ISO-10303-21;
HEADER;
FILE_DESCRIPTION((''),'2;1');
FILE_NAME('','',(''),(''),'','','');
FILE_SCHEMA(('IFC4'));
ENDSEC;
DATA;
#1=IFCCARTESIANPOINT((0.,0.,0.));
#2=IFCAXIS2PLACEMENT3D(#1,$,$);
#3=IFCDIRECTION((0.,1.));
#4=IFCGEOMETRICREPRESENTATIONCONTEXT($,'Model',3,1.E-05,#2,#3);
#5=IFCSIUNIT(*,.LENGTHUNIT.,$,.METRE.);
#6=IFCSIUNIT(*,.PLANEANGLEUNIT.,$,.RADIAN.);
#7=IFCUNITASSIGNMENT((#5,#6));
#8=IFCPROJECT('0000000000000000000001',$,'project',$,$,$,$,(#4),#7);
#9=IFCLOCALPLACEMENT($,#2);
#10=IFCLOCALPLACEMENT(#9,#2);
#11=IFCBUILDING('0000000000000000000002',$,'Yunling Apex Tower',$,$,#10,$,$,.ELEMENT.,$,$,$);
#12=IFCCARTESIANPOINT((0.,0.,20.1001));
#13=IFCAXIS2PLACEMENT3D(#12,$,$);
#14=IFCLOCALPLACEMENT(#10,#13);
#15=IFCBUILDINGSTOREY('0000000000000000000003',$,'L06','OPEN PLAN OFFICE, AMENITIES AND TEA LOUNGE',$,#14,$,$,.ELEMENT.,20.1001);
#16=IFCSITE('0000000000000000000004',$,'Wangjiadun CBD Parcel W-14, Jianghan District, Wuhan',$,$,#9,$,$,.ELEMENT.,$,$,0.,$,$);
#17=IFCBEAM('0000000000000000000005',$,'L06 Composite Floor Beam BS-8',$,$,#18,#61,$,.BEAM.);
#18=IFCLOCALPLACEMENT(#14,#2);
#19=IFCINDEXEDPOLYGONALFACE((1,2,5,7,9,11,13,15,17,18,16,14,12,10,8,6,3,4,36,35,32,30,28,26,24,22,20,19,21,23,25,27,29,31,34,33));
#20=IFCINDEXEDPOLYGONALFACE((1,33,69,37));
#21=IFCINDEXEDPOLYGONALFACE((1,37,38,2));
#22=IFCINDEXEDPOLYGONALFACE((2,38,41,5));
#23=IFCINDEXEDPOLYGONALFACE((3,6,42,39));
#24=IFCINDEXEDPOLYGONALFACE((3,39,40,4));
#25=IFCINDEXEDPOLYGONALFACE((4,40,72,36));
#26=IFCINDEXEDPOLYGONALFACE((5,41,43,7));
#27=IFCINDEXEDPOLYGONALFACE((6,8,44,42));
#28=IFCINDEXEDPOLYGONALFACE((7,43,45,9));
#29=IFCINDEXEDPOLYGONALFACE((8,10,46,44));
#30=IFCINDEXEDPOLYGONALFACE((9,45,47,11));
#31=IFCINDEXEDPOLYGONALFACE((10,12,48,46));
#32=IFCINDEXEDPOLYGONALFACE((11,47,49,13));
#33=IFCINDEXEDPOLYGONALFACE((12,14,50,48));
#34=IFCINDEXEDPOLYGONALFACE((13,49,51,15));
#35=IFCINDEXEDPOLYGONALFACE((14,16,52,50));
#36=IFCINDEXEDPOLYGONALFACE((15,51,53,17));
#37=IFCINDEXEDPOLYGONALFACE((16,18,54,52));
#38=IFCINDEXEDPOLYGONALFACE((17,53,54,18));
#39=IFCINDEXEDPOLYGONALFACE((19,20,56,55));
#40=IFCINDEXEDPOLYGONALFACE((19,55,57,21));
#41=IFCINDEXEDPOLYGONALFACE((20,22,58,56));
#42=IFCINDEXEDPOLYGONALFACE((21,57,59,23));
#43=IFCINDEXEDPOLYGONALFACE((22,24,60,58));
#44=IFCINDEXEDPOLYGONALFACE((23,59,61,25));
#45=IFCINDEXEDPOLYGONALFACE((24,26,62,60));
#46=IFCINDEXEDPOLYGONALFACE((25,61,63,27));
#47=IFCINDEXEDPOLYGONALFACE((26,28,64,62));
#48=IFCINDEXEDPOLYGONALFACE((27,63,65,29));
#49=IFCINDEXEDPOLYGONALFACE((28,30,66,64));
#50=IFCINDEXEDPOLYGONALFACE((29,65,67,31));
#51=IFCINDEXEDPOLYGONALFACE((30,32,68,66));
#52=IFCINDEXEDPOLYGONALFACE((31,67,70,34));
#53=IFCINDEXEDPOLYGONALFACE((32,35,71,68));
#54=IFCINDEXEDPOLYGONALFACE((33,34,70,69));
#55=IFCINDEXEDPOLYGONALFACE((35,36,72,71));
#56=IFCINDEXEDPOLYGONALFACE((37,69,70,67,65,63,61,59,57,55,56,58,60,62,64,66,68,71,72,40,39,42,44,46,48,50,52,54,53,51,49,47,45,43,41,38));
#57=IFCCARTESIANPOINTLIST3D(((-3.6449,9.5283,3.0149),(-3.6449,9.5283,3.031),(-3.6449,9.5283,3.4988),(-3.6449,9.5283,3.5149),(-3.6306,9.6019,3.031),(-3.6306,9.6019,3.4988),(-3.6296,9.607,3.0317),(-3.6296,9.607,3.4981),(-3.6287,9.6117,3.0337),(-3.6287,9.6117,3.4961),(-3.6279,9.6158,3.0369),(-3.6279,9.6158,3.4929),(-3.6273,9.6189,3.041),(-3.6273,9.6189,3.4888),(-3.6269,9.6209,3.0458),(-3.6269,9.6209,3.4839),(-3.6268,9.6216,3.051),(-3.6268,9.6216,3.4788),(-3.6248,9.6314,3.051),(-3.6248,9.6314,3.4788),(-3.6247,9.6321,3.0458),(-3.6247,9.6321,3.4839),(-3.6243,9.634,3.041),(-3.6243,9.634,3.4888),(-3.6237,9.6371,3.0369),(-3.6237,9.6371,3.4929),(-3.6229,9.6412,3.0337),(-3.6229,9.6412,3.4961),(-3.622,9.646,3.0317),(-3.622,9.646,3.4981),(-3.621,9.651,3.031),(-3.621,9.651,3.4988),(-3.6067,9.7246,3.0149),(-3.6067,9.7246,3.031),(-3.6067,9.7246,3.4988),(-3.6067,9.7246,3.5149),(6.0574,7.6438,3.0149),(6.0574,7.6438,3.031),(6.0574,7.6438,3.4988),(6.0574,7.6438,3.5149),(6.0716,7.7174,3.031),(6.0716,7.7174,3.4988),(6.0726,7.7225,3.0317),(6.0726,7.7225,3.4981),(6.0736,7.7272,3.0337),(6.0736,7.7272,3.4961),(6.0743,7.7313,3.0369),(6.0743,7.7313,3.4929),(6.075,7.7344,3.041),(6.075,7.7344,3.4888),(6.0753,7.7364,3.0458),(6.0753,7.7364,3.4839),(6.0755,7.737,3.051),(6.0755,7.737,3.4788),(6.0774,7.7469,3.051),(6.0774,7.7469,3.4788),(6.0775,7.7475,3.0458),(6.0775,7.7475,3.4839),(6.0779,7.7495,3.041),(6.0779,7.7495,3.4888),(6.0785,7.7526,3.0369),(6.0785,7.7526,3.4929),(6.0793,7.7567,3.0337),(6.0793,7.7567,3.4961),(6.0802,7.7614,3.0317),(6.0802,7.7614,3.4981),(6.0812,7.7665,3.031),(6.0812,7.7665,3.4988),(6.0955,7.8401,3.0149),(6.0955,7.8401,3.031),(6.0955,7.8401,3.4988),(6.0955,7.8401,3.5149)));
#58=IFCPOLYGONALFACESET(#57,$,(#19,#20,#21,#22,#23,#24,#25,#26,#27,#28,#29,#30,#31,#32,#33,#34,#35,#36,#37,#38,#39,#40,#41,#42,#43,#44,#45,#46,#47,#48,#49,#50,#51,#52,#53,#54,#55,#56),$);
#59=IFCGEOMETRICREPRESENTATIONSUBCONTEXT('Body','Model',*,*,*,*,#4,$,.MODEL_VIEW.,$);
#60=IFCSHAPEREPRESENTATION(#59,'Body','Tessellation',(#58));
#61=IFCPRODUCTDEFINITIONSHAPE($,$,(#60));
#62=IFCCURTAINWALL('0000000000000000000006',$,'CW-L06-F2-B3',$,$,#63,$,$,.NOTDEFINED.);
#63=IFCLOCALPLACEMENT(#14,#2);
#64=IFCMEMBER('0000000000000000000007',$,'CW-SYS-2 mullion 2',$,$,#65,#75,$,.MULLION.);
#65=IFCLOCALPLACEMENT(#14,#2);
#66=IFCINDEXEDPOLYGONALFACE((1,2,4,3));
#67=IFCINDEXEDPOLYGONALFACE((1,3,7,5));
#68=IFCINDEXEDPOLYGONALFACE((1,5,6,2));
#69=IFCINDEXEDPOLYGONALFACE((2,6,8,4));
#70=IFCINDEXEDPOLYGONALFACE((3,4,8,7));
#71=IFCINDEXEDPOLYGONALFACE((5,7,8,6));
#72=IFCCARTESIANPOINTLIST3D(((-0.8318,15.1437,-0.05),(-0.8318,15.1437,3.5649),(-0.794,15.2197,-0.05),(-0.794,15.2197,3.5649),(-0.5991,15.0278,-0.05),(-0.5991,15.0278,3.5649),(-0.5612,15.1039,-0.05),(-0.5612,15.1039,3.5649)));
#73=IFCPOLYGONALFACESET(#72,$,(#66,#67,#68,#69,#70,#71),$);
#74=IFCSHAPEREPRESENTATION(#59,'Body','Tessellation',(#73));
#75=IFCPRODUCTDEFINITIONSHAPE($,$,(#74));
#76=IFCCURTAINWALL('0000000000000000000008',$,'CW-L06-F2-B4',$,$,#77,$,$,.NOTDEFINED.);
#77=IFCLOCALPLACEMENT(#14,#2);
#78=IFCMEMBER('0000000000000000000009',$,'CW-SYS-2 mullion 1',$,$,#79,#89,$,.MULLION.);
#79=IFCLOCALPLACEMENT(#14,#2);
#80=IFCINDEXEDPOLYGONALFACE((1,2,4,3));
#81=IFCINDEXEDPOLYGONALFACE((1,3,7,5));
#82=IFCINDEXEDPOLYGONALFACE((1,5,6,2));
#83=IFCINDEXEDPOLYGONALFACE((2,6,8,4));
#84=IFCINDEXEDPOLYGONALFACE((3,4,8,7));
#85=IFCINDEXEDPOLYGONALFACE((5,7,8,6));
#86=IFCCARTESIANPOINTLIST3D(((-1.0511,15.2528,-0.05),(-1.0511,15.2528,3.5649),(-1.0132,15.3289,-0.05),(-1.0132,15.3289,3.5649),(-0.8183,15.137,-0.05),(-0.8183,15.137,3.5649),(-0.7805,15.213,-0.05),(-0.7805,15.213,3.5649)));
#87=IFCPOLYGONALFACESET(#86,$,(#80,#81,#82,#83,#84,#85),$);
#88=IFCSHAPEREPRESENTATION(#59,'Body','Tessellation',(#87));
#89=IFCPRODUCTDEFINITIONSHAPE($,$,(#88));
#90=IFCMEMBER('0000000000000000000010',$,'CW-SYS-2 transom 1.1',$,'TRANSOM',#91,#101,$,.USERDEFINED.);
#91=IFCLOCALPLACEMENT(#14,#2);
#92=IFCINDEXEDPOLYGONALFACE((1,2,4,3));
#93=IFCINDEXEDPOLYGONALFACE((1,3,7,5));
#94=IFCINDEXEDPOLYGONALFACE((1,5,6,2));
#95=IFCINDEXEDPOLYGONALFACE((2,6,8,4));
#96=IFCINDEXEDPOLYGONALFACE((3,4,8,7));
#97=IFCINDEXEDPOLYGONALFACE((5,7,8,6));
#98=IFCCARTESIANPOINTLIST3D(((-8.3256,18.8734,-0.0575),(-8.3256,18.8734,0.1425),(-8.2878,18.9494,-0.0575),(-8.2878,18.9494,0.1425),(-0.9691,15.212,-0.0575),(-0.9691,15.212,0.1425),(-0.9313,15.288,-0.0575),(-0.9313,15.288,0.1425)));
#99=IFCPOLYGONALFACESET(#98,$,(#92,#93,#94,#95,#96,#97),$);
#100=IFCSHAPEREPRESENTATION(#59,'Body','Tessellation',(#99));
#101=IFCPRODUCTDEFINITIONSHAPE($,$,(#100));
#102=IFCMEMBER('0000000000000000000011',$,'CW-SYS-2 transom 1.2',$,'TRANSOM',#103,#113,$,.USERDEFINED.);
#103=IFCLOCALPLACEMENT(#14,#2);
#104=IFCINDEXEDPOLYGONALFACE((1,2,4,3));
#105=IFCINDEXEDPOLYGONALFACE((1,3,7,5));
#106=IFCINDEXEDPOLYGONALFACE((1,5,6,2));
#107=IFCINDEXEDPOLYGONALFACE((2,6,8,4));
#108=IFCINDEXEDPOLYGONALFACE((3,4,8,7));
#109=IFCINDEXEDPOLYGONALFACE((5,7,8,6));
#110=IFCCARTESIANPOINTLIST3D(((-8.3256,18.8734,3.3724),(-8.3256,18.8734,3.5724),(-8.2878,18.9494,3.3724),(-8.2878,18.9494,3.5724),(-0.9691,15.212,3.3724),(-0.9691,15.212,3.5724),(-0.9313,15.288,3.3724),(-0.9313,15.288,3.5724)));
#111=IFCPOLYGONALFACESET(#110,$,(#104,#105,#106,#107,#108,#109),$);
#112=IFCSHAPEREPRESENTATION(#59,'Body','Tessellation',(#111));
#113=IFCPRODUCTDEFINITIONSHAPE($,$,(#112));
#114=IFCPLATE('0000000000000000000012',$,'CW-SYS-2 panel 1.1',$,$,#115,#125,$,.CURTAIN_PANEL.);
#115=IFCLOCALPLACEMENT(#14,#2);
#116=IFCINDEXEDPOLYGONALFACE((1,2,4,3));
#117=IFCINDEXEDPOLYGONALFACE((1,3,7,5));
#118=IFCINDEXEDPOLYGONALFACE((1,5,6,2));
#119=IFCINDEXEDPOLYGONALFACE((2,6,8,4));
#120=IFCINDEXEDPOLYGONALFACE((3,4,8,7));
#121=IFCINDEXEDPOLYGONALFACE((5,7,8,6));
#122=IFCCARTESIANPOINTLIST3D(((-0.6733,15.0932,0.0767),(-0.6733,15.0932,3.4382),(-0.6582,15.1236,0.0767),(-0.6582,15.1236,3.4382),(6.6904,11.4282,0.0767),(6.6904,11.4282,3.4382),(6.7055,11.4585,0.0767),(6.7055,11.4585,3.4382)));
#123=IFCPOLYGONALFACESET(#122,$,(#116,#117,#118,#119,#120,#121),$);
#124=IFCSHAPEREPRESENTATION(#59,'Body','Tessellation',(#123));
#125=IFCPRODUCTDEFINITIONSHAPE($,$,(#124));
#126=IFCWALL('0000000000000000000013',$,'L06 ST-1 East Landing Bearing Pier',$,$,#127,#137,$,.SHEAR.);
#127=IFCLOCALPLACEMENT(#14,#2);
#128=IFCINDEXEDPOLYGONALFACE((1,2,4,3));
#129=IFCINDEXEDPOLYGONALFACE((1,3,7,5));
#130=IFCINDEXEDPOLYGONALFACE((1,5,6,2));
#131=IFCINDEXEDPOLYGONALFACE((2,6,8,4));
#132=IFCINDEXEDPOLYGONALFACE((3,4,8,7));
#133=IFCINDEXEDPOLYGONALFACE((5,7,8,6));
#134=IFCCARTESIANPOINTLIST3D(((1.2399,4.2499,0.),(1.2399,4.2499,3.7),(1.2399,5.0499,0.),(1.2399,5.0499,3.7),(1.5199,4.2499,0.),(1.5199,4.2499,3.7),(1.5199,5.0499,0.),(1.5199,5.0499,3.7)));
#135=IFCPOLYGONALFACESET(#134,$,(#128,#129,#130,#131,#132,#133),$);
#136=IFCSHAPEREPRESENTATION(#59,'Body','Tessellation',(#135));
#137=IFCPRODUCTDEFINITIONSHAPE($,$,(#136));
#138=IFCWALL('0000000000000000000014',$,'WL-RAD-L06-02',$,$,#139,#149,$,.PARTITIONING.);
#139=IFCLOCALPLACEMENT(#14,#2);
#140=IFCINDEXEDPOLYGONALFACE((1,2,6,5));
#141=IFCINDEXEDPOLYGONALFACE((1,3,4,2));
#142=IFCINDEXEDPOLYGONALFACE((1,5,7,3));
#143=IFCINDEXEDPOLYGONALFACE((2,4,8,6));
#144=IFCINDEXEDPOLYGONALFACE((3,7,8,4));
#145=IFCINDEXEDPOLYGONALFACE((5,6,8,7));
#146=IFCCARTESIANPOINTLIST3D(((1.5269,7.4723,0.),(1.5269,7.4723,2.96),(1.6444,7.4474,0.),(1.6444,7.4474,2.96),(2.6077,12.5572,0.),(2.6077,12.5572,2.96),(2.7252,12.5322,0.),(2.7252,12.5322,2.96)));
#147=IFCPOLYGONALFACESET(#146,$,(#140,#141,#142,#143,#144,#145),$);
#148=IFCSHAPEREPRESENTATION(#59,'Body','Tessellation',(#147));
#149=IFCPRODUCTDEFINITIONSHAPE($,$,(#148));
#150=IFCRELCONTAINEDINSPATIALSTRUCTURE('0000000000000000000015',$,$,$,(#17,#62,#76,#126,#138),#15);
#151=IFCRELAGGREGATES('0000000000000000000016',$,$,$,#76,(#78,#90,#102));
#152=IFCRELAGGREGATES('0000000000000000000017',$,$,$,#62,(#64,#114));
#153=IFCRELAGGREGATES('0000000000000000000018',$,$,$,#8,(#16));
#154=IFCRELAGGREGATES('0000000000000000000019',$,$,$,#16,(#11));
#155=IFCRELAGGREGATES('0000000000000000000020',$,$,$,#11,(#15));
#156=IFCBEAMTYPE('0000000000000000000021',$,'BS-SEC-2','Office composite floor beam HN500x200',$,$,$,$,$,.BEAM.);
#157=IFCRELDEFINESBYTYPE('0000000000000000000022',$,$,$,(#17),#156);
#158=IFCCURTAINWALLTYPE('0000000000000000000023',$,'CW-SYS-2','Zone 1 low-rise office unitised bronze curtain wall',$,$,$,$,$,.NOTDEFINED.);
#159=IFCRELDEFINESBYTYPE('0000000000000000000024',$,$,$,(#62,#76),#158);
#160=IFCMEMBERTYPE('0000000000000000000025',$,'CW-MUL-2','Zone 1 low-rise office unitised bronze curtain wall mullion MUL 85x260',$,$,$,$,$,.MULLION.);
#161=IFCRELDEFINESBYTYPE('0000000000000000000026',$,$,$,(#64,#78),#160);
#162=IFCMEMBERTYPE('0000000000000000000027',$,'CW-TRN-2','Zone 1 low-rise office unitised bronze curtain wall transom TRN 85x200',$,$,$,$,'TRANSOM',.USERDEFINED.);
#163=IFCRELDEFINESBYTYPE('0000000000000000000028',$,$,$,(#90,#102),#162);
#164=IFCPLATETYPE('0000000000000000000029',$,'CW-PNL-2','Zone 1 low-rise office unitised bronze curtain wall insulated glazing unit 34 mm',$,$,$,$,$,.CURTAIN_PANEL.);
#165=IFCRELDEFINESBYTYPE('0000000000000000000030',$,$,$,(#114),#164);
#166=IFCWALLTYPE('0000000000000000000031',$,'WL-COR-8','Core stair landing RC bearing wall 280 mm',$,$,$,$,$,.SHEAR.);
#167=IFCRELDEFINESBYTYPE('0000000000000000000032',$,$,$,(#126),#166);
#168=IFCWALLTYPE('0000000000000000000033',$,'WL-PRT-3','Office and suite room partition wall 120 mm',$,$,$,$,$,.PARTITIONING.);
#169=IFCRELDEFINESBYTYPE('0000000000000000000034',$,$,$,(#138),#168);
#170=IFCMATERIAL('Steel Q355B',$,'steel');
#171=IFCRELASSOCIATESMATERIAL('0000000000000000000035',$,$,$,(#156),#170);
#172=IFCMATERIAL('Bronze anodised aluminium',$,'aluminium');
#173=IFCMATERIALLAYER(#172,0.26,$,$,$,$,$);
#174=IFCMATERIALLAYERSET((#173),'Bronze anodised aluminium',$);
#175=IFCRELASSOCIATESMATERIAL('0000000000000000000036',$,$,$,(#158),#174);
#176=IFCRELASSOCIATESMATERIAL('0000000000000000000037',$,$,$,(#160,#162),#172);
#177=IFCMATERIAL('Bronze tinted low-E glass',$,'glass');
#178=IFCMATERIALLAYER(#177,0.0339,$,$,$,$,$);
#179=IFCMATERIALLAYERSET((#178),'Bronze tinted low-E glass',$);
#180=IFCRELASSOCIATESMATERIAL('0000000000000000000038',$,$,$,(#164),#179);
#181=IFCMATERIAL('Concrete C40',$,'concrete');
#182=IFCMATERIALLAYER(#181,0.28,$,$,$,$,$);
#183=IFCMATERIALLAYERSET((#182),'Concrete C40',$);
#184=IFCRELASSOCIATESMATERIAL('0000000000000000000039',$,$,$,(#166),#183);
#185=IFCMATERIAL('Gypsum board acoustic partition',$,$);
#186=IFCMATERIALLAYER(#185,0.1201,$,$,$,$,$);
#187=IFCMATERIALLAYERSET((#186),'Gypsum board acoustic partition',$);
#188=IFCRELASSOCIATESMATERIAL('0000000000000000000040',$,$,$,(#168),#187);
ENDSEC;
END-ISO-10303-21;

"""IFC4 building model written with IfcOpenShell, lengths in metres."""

from ifc_helpers import new_model, si_unit, direction, frame, frame_2d, origin, origin_2d, place, context, subcontext, project, spatial, rectangle, i_section, extrude, source, transform, mapped, material, layer, layer_set, material_profile, profile_set, type_object, element, aggregate, save


model = new_model("IFC4")

# Units and contexts
model_context = context("Model", 3, precision=1e-05, world=origin(), true_north=direction((0.0, 1.0)))
body_context = subcontext(model_context, "Body", "Model", "MODEL_VIEW")
ifc_project = project(units=[si_unit("LENGTHUNIT", "METRE"), si_unit("PLANEANGLEUNIT", "RADIAN")], contexts=[model_context])

# Site, building, storey
site_placement = place(None, origin())
site = spatial("IfcSite", under=ifc_project, at=site_placement, Name="Wangjiadun CBD Parcel W-14, Jianghan District, Wuhan", CompositionType="ELEMENT", RefElevation=0.0)
building_placement = place(site_placement, origin())
building = spatial("IfcBuilding", under=site, at=building_placement, Name="Yunling Apex Tower", CompositionType="ELEMENT")
storey_placement = place(building_placement, frame((0.0, 0.0, 20.1001)))
storey = spatial("IfcBuildingStorey", under=building, at=storey_placement, Name="L06", Description="OPEN PLAN OFFICE, AMENITIES AND TEA LOUNGE", CompositionType="ELEMENT", Elevation=20.1001)

# Beam
ifc_material_1 = material(Name="Steel Q355B", Category="steel")
ifc_material_profile_1 = material_profile(ifc_material_1, i_section(OverallWidth=0.2, OverallDepth=0.5, WebThickness=0.01, FlangeThickness=0.0161, FilletRadius=0.02, at=origin_2d()))
ifc_profile_set_1 = profile_set([ifc_material_profile_1], Name="Steel Q355B")
beam_type_1 = type_object("IfcBeamType", Name="BS-SEC-2", Description="Office composite floor beam HN500x200", PredefinedType="BEAM", material=ifc_profile_set_1)
shared_shape_1 = source(origin(), body_context, "Body", "SweptSolid", [
    extrude(i_section(OverallWidth=0.2, OverallDepth=0.5, WebThickness=0.01, FlangeThickness=0.0161, FilletRadius=0.02, at=origin_2d()), origin(), (0.0, 0.0, 1.0), 9.8835),
])
beam_1_placement = place(storey_placement, frame((6.0764, 7.7419, 3.2649), z_axis=(-0.981653, 0.190674, 0.0), x_axis=(-0.190674, -0.981653, 0.0)))
element("IfcBeam", 1, at=beam_1_placement, inside=storey, type_object=beam_type_1, Name="L06 Composite Floor Beam BS-8", PredefinedType="BEAM", context=body_context, shape_type="MappedRepresentation", body=[
    mapped(shared_shape_1, transform((0.0, 0.0, 0.0), scale=1.0)),
])

# Curtain wall, member
ifc_material_2 = material(Name="Bronze anodised aluminium", Category="aluminium")
ifc_layer_1 = layer(ifc_material_2, 0.26)
ifc_layer_set_1 = layer_set([ifc_layer_1], Name="Bronze anodised aluminium")
curtain_wall_type = type_object("IfcCurtainWallType", Name="CW-SYS-2", Description="Zone 1 low-rise office unitised bronze curtain wall", PredefinedType="NOTDEFINED", material=ifc_layer_set_1)
curtain_wall_1_placement = place(storey_placement, origin())
curtain_wall_1 = element("IfcCurtainWall", 2, at=curtain_wall_1_placement, inside=storey, type_object=curtain_wall_type, Name="CW-L06-F2-B3", PredefinedType="NOTDEFINED")
ifc_material_profile_2 = material_profile(ifc_material_2, rectangle(XDim=0.085, YDim=0.26, at=origin_2d()))
ifc_profile_set_2 = profile_set([ifc_material_profile_2], Name="Bronze anodised aluminium")
member_type_1 = type_object("IfcMemberType", Name="CW-MUL-2", Description="Zone 1 low-rise office unitised bronze curtain wall mullion MUL 85x260", PredefinedType="MULLION", material=ifc_profile_set_2)
shared_shape_2 = source(origin(), body_context, "Body", "SweptSolid", [
    extrude(rectangle(XDim=0.085, YDim=0.26, at=origin_2d()), origin(), (0.0, 0.0, 1.0), 3.615),
])
member_1_placement = place(storey_placement, frame((-0.6965, 15.1238, -0.05), z_axis=(0.0, 0.0, 1.0), x_axis=(-0.44558, -0.895242, 0.0)))
member_1 = element("IfcMember", 3, at=member_1_placement, type_object=member_type_1, Name="CW-SYS-2 mullion 2", PredefinedType="MULLION", context=body_context, shape_type="MappedRepresentation", body=[
    mapped(shared_shape_2, transform((0.0, 0.0, 0.0), scale=1.0)),
])

# Curtain wall, members
curtain_wall_2_placement = place(storey_placement, origin())
curtain_wall_2 = element("IfcCurtainWall", 4, at=curtain_wall_2_placement, inside=storey, type_object=curtain_wall_type, Name="CW-L06-F2-B4", PredefinedType="NOTDEFINED")
member_2_placement = place(storey_placement, frame((-0.9158, 15.2329, -0.05), z_axis=(0.0, 0.0, 1.0), x_axis=(-0.445571, -0.895247, 0.0)))
member_2 = element("IfcMember", 5, at=member_2_placement, type_object=member_type_1, Name="CW-SYS-2 mullion 1", PredefinedType="MULLION", context=body_context, shape_type="MappedRepresentation", body=[
    mapped(shared_shape_2, transform((0.0, 0.0, 0.0), scale=1.0)),
])
ifc_material_profile_3 = material_profile(ifc_material_2, rectangle(XDim=0.085, YDim=0.2, at=origin_2d()))
ifc_profile_set_3 = profile_set([ifc_material_profile_3], Name="Bronze anodised aluminium")
member_type_2 = type_object("IfcMemberType", Name="CW-TRN-2", Description="Zone 1 low-rise office unitised bronze curtain wall transom TRN 85x200", ElementType="TRANSOM", PredefinedType="USERDEFINED", material=ifc_profile_set_3)
shared_shape_3 = source(origin(), body_context, "Body", "SweptSolid", [
    extrude(rectangle(XDim=0.085, YDim=0.2, at=origin_2d()), origin(), (0.0, 0.0, 1.0), 8.2173),
])
member_3_placement = place(storey_placement, frame((-0.9502, 15.25, 0.0425), z_axis=(-0.895246, 0.445573, 0.0), x_axis=(-0.445573, -0.895246, 0.0)))
member_3 = element("IfcMember", 6, at=member_3_placement, type_object=member_type_2, Name="CW-SYS-2 transom 1.1", ObjectType="TRANSOM", PredefinedType="USERDEFINED", context=body_context, shape_type="MappedRepresentation", body=[
    mapped(shared_shape_3, transform((0.0, 0.0, 0.0), scale=1.0)),
])
member_4_placement = place(storey_placement, frame((-0.9502, 15.25, 3.4724), z_axis=(-0.895246, 0.445573, 0.0), x_axis=(-0.445573, -0.895246, 0.0)))
member_4 = element("IfcMember", 7, at=member_4_placement, type_object=member_type_2, Name="CW-SYS-2 transom 1.2", ObjectType="TRANSOM", PredefinedType="USERDEFINED", context=body_context, shape_type="MappedRepresentation", body=[
    mapped(shared_shape_3, transform((0.0, 0.0, 0.0), scale=1.0)),
])
aggregate(curtain_wall_2, [member_2, member_3, member_4])

# Plate
ifc_material_3 = material(Name="Bronze tinted low-E glass", Category="glass")
ifc_layer_2 = layer(ifc_material_3, 0.0339)
ifc_layer_set_2 = layer_set([ifc_layer_2], Name="Bronze tinted low-E glass")
plate_type = type_object("IfcPlateType", Name="CW-PNL-2", Description="Zone 1 low-rise office unitised bronze curtain wall insulated glazing unit 34 mm", PredefinedType="CURTAIN_PANEL", material=ifc_layer_set_2)
shared_shape_4 = source(origin(), body_context, "Body", "SweptSolid", [
    extrude(rectangle(XDim=8.2253, YDim=0.0339, at=origin_2d()), origin(), (0.0, 0.0, 1.0), 3.3616),
])
plate_placement = place(storey_placement, frame((3.0161, 13.2759, 0.0767), z_axis=(0.0, 0.0, 1.0), x_axis=(-0.895242, 0.44558, 0.0)))
plate = element("IfcPlate", 8, at=plate_placement, type_object=plate_type, Name="CW-SYS-2 panel 1.1", PredefinedType="CURTAIN_PANEL", context=body_context, shape_type="MappedRepresentation", body=[
    mapped(shared_shape_4, transform((0.0, 0.0, 0.0), scale=1.0)),
])
aggregate(curtain_wall_1, [member_1, plate])

# Walls
ifc_material_4 = material(Name="Concrete C40", Category="concrete")
ifc_layer_3 = layer(ifc_material_4, 0.28)
ifc_layer_set_3 = layer_set([ifc_layer_3], Name="Concrete C40")
wall_type_1 = type_object("IfcWallType", Name="WL-COR-8", Description="Core stair landing RC bearing wall 280 mm", PredefinedType="SHEAR", material=ifc_layer_set_3)
wall_1_placement = place(storey_placement, frame((1.3799, 4.25, 0.0), z_axis=(0.0, 0.0, 1.0), x_axis=(0.0, 1.0, 0.0)))
element("IfcWall", 9, at=wall_1_placement, inside=storey, type_object=wall_type_1, Name="L06 ST-1 East Landing Bearing Pier", PredefinedType="SHEAR", context=body_context, shape_type="SweptSolid", body=[
    extrude(rectangle(XDim=0.8, YDim=0.28, at=frame_2d((0.3999, 0.0))), origin(), (0.0, 0.0, 1.0), 3.7),
])
ifc_material_5 = material(Name="Gypsum board acoustic partition")
ifc_layer_4 = layer(ifc_material_5, 0.1201)
ifc_layer_set_4 = layer_set([ifc_layer_4], Name="Gypsum board acoustic partition")
wall_type_2 = type_object("IfcWallType", Name="WL-PRT-3", Description="Office and suite room partition wall 120 mm", PredefinedType="PARTITIONING", material=ifc_layer_set_4)
wall_2_placement = place(storey_placement, frame((1.5857, 7.46, 0.0), z_axis=(0.0, 0.0, 1.0), x_axis=(0.207906, 0.978149, 0.0)))
element("IfcWall", 10, at=wall_2_placement, inside=storey, type_object=wall_type_2, Name="WL-RAD-L06-02", PredefinedType="PARTITIONING", context=body_context, shape_type="SweptSolid", body=[
    extrude(rectangle(XDim=5.1985, YDim=0.1201, at=frame_2d((2.5991, 0.0))), origin(), (0.0, 0.0, 1.0), 2.96),
])

save(model, "model.ifc")
